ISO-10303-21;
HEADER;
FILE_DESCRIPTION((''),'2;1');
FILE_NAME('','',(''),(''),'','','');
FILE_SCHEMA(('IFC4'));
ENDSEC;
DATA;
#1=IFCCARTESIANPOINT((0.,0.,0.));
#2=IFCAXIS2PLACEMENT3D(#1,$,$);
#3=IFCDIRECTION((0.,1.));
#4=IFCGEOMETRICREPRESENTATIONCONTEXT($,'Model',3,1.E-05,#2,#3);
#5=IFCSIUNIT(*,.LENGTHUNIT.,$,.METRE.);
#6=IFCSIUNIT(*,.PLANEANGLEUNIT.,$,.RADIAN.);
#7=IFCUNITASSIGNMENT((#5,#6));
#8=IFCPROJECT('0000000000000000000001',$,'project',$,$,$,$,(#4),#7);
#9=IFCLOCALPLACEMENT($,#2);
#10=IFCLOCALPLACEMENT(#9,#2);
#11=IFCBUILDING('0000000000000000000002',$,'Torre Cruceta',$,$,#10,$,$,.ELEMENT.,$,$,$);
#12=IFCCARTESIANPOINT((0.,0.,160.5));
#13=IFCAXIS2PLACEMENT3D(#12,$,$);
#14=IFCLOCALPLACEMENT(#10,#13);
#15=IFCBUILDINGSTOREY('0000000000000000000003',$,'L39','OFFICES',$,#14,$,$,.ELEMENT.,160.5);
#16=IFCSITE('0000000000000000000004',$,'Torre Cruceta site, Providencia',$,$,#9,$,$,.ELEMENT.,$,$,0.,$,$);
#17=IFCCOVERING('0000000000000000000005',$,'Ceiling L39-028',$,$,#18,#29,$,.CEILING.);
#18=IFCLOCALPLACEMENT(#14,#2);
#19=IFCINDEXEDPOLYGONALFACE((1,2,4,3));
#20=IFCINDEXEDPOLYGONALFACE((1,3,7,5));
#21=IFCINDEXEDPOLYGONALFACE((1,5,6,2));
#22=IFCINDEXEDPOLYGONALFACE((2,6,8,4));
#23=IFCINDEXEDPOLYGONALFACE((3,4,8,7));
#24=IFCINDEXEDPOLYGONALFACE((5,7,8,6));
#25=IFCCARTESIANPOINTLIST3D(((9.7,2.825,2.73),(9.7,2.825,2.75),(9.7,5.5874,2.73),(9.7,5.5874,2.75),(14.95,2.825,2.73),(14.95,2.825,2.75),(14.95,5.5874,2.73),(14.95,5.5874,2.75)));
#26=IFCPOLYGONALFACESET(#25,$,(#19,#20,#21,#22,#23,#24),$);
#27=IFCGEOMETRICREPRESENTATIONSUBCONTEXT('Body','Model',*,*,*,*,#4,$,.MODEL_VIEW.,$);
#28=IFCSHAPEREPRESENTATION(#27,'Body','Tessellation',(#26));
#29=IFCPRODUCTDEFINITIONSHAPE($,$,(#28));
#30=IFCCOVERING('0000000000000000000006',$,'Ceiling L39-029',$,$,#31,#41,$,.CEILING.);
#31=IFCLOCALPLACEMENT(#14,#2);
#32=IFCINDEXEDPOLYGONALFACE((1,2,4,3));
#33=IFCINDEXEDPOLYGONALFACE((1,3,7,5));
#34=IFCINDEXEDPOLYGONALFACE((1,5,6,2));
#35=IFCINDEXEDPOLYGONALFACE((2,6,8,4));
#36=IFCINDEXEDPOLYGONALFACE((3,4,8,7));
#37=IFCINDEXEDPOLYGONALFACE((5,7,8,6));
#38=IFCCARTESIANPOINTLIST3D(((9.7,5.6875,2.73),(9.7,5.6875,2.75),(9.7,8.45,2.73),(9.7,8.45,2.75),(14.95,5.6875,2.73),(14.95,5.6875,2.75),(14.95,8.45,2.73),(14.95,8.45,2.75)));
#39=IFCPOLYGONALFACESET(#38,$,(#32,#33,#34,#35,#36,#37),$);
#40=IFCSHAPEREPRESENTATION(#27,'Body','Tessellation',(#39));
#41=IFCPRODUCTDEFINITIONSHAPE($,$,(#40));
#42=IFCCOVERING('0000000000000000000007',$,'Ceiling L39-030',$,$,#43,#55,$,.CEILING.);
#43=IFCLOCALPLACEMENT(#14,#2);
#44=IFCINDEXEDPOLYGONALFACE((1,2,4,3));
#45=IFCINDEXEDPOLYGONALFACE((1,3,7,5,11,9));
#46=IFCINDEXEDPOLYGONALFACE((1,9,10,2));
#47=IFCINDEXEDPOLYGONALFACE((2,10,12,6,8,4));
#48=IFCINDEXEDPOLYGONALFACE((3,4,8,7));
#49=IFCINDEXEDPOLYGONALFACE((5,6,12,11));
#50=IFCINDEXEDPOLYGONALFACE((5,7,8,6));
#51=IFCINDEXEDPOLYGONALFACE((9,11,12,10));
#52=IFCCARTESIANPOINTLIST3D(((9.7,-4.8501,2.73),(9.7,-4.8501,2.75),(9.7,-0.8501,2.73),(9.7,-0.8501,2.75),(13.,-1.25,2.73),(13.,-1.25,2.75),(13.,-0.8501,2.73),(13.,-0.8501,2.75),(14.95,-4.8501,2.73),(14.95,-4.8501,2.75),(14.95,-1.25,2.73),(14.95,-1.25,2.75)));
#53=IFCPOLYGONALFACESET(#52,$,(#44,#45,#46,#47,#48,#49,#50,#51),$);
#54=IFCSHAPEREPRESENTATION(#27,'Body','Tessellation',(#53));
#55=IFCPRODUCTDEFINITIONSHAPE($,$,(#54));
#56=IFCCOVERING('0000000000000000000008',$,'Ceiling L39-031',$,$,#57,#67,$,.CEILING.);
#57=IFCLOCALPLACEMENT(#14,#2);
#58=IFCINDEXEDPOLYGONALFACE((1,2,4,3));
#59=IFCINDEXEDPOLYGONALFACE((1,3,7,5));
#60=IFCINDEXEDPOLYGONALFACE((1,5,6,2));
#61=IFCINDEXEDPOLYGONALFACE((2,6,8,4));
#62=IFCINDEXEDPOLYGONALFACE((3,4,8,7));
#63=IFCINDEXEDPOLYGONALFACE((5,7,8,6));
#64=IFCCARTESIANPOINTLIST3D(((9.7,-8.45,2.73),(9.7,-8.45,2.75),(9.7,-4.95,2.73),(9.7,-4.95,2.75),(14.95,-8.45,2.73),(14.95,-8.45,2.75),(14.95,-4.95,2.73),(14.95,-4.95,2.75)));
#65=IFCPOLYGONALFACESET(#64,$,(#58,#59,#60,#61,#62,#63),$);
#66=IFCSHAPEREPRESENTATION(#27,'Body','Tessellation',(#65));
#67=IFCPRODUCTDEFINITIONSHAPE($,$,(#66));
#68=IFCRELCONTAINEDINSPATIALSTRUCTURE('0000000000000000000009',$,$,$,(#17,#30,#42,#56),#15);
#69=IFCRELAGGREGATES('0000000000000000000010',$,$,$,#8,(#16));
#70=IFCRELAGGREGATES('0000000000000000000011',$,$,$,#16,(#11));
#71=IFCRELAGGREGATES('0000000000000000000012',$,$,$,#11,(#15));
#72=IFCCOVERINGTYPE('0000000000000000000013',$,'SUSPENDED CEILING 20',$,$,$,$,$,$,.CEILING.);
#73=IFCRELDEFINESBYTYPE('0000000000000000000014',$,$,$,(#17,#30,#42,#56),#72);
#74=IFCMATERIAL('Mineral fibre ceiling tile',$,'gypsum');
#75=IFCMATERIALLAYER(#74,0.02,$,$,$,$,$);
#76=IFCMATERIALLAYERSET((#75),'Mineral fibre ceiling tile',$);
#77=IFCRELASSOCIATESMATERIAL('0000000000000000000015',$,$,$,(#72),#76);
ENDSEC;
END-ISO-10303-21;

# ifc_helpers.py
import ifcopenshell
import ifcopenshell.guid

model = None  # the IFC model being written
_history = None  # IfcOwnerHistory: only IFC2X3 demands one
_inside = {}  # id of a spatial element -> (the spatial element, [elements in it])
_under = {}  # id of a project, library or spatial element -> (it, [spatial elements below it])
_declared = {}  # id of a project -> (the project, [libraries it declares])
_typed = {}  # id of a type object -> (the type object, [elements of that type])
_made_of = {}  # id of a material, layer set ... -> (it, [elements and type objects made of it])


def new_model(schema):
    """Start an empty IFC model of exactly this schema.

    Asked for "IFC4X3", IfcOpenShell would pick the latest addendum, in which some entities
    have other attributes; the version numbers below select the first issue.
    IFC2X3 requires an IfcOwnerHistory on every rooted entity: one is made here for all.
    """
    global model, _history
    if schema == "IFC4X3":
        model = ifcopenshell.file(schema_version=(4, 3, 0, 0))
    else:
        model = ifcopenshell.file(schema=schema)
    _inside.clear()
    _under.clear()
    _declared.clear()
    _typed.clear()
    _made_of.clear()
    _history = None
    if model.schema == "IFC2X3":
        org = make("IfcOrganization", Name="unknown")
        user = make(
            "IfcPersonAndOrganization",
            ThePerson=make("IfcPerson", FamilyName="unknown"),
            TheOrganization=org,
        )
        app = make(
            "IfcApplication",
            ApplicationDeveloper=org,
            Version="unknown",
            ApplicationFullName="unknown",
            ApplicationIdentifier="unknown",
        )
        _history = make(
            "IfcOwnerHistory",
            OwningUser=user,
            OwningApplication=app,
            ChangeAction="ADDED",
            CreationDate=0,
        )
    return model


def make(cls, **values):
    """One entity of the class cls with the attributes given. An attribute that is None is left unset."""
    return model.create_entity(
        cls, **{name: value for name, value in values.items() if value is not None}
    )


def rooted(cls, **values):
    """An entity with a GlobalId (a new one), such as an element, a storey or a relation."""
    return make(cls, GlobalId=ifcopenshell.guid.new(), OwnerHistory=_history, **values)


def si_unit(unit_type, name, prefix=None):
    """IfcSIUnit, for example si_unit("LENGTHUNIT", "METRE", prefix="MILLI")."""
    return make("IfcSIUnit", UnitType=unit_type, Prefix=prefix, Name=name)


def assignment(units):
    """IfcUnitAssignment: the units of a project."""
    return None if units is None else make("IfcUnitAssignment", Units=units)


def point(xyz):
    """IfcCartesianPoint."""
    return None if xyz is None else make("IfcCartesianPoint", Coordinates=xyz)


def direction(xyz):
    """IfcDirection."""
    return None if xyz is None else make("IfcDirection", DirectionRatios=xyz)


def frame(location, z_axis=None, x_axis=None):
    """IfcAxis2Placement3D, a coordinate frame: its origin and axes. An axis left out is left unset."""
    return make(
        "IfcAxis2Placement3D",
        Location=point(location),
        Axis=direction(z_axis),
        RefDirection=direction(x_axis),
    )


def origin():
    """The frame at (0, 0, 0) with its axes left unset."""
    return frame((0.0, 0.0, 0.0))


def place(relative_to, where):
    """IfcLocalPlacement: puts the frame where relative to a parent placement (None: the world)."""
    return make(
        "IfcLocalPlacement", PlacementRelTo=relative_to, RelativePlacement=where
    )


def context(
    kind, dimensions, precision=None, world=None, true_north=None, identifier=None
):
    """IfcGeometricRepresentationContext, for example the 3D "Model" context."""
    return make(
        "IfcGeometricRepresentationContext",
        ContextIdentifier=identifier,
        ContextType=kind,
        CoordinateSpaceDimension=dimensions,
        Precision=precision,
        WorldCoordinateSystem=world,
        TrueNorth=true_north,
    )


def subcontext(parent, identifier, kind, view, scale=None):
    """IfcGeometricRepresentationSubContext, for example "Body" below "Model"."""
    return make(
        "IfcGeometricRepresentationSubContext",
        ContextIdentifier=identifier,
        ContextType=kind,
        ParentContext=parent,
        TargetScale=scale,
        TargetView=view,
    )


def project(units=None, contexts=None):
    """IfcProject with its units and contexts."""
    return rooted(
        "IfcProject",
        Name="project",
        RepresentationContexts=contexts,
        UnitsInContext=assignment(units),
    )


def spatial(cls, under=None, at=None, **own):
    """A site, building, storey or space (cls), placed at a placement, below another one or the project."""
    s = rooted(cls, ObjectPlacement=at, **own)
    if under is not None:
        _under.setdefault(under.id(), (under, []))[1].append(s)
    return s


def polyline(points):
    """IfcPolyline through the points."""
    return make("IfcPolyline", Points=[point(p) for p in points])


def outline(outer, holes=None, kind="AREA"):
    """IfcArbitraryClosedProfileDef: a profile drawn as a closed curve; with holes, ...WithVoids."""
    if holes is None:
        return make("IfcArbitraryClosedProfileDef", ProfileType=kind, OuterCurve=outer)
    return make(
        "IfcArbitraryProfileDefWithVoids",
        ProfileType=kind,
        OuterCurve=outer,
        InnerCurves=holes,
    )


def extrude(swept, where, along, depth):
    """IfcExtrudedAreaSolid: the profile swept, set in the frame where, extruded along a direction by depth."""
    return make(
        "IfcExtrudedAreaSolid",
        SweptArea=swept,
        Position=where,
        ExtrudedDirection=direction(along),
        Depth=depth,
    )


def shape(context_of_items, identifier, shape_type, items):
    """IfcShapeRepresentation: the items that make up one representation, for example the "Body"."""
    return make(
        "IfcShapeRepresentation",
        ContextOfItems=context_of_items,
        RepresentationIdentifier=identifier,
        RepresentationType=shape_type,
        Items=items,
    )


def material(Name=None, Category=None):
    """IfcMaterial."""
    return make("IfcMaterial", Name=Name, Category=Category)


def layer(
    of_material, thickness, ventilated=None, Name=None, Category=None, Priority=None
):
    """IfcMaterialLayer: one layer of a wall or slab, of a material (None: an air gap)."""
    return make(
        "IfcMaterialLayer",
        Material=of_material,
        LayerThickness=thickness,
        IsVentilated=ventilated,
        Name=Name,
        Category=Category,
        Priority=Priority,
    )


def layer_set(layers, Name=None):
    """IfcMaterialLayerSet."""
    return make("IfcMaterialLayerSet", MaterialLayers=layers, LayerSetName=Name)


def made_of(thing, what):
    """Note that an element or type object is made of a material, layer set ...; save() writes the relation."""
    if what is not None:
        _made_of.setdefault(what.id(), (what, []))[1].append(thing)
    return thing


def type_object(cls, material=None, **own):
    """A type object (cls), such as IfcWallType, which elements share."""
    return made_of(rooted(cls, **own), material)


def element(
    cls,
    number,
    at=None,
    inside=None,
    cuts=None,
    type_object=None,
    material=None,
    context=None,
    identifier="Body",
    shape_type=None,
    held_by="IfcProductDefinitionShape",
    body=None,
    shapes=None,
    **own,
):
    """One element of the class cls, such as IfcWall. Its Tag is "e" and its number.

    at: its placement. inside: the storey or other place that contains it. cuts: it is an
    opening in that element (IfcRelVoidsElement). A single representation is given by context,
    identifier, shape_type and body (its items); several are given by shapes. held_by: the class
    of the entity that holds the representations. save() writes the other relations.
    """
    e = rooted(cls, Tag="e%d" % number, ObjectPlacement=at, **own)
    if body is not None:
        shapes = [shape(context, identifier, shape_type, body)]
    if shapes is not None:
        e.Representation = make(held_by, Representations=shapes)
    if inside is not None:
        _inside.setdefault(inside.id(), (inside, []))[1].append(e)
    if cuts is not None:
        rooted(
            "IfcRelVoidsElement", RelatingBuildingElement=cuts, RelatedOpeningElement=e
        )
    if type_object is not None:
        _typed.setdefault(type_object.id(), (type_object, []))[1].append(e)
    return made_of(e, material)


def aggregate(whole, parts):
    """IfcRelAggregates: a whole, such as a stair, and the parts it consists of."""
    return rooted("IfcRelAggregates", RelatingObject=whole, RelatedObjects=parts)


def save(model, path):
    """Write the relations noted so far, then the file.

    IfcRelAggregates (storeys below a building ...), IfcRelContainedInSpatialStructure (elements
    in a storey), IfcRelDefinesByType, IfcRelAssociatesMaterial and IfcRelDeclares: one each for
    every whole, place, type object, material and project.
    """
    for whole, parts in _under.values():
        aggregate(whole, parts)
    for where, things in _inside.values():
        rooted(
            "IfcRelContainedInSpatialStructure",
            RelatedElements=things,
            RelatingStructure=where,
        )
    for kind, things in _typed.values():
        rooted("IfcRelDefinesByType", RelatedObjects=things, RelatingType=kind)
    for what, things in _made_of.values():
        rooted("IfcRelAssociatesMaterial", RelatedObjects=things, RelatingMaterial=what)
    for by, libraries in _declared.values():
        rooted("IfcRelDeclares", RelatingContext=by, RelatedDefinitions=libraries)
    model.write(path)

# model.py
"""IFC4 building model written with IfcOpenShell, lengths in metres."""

from ifc_helpers import new_model, si_unit, direction, frame, origin, place, context, subcontext, project, spatial, polyline, outline, extrude, material, layer, layer_set, type_object, element, save


model = new_model("IFC4")

# Units and contexts
model_context = context("Model", 3, precision=1e-05, world=origin(), true_north=direction((0.0, 1.0)))
body_context = subcontext(model_context, "Body", "Model", "MODEL_VIEW")
ifc_project = project(units=[si_unit("LENGTHUNIT", "METRE"), si_unit("PLANEANGLEUNIT", "RADIAN")], contexts=[model_context])

# Site, building, storey
site_placement = place(None, origin())
site = spatial("IfcSite", under=ifc_project, at=site_placement, Name="Torre Cruceta site, Providencia", CompositionType="ELEMENT", RefElevation=0.0)
building_placement = place(site_placement, origin())
building = spatial("IfcBuilding", under=site, at=building_placement, Name="Torre Cruceta", CompositionType="ELEMENT")
storey_placement = place(building_placement, frame((0.0, 0.0, 160.5)))
storey = spatial("IfcBuildingStorey", under=building, at=storey_placement, Name="L39", Description="OFFICES", CompositionType="ELEMENT", Elevation=160.5)

# Coverings
ifc_material_1 = material(Name="Mineral fibre ceiling tile", Category="gypsum")
ifc_layer_1 = layer(ifc_material_1, 0.02)
ifc_layer_set_1 = layer_set([ifc_layer_1], Name="Mineral fibre ceiling tile")
covering_type_1 = type_object("IfcCoveringType", Name="SUSPENDED CEILING 20", PredefinedType="CEILING", material=ifc_layer_set_1)
covering_1_placement = place(storey_placement, frame((0.0, 0.0, 2.73)))
element("IfcCovering", 1, at=covering_1_placement, inside=storey, type_object=covering_type_1, Name="Ceiling L39-028", PredefinedType="CEILING", context=body_context, shape_type="SweptSolid", body=[
    extrude(outline(polyline([(9.7, 2.825), (9.7, 5.5874), (14.95, 5.5874), (14.95, 2.825), (9.7, 2.825)])), origin(), (0.0, 0.0, 1.0), 0.02),
])
covering_2_placement = place(storey_placement, frame((0.0, 0.0, 2.73)))
element("IfcCovering", 2, at=covering_2_placement, inside=storey, type_object=covering_type_1, Name="Ceiling L39-029", PredefinedType="CEILING", context=body_context, shape_type="SweptSolid", body=[
    extrude(outline(polyline([(9.7, 5.6875), (9.7, 8.45), (14.95, 8.45), (14.95, 5.6875), (9.7, 5.6875)])), origin(), (0.0, 0.0, 1.0), 0.02),
])
covering_3_placement = place(storey_placement, frame((0.0, 0.0, 2.73)))
element("IfcCovering", 3, at=covering_3_placement, inside=storey, type_object=covering_type_1, Name="Ceiling L39-030", PredefinedType="CEILING", context=body_context, shape_type="SweptSolid", body=[
    extrude(outline(polyline([(14.95, -4.8501), (9.7, -4.8501), (9.7, -0.8501), (13.0, -0.8501), (13.0, -1.25), (14.95, -1.25), (14.95, -4.8501)])), origin(), (0.0, 0.0, 1.0), 0.02),
])
covering_4_placement = place(storey_placement, frame((0.0, 0.0, 2.73)))
element("IfcCovering", 4, at=covering_4_placement, inside=storey, type_object=covering_type_1, Name="Ceiling L39-031", PredefinedType="CEILING", context=body_context, shape_type="SweptSolid", body=[
    extrude(outline(polyline([(9.7, -8.45), (9.7, -4.95), (14.95, -4.95), (14.95, -8.45), (9.7, -8.45)])), origin(), (0.0, 0.0, 1.0), 0.02),
])

save(model, "model.ifc")
